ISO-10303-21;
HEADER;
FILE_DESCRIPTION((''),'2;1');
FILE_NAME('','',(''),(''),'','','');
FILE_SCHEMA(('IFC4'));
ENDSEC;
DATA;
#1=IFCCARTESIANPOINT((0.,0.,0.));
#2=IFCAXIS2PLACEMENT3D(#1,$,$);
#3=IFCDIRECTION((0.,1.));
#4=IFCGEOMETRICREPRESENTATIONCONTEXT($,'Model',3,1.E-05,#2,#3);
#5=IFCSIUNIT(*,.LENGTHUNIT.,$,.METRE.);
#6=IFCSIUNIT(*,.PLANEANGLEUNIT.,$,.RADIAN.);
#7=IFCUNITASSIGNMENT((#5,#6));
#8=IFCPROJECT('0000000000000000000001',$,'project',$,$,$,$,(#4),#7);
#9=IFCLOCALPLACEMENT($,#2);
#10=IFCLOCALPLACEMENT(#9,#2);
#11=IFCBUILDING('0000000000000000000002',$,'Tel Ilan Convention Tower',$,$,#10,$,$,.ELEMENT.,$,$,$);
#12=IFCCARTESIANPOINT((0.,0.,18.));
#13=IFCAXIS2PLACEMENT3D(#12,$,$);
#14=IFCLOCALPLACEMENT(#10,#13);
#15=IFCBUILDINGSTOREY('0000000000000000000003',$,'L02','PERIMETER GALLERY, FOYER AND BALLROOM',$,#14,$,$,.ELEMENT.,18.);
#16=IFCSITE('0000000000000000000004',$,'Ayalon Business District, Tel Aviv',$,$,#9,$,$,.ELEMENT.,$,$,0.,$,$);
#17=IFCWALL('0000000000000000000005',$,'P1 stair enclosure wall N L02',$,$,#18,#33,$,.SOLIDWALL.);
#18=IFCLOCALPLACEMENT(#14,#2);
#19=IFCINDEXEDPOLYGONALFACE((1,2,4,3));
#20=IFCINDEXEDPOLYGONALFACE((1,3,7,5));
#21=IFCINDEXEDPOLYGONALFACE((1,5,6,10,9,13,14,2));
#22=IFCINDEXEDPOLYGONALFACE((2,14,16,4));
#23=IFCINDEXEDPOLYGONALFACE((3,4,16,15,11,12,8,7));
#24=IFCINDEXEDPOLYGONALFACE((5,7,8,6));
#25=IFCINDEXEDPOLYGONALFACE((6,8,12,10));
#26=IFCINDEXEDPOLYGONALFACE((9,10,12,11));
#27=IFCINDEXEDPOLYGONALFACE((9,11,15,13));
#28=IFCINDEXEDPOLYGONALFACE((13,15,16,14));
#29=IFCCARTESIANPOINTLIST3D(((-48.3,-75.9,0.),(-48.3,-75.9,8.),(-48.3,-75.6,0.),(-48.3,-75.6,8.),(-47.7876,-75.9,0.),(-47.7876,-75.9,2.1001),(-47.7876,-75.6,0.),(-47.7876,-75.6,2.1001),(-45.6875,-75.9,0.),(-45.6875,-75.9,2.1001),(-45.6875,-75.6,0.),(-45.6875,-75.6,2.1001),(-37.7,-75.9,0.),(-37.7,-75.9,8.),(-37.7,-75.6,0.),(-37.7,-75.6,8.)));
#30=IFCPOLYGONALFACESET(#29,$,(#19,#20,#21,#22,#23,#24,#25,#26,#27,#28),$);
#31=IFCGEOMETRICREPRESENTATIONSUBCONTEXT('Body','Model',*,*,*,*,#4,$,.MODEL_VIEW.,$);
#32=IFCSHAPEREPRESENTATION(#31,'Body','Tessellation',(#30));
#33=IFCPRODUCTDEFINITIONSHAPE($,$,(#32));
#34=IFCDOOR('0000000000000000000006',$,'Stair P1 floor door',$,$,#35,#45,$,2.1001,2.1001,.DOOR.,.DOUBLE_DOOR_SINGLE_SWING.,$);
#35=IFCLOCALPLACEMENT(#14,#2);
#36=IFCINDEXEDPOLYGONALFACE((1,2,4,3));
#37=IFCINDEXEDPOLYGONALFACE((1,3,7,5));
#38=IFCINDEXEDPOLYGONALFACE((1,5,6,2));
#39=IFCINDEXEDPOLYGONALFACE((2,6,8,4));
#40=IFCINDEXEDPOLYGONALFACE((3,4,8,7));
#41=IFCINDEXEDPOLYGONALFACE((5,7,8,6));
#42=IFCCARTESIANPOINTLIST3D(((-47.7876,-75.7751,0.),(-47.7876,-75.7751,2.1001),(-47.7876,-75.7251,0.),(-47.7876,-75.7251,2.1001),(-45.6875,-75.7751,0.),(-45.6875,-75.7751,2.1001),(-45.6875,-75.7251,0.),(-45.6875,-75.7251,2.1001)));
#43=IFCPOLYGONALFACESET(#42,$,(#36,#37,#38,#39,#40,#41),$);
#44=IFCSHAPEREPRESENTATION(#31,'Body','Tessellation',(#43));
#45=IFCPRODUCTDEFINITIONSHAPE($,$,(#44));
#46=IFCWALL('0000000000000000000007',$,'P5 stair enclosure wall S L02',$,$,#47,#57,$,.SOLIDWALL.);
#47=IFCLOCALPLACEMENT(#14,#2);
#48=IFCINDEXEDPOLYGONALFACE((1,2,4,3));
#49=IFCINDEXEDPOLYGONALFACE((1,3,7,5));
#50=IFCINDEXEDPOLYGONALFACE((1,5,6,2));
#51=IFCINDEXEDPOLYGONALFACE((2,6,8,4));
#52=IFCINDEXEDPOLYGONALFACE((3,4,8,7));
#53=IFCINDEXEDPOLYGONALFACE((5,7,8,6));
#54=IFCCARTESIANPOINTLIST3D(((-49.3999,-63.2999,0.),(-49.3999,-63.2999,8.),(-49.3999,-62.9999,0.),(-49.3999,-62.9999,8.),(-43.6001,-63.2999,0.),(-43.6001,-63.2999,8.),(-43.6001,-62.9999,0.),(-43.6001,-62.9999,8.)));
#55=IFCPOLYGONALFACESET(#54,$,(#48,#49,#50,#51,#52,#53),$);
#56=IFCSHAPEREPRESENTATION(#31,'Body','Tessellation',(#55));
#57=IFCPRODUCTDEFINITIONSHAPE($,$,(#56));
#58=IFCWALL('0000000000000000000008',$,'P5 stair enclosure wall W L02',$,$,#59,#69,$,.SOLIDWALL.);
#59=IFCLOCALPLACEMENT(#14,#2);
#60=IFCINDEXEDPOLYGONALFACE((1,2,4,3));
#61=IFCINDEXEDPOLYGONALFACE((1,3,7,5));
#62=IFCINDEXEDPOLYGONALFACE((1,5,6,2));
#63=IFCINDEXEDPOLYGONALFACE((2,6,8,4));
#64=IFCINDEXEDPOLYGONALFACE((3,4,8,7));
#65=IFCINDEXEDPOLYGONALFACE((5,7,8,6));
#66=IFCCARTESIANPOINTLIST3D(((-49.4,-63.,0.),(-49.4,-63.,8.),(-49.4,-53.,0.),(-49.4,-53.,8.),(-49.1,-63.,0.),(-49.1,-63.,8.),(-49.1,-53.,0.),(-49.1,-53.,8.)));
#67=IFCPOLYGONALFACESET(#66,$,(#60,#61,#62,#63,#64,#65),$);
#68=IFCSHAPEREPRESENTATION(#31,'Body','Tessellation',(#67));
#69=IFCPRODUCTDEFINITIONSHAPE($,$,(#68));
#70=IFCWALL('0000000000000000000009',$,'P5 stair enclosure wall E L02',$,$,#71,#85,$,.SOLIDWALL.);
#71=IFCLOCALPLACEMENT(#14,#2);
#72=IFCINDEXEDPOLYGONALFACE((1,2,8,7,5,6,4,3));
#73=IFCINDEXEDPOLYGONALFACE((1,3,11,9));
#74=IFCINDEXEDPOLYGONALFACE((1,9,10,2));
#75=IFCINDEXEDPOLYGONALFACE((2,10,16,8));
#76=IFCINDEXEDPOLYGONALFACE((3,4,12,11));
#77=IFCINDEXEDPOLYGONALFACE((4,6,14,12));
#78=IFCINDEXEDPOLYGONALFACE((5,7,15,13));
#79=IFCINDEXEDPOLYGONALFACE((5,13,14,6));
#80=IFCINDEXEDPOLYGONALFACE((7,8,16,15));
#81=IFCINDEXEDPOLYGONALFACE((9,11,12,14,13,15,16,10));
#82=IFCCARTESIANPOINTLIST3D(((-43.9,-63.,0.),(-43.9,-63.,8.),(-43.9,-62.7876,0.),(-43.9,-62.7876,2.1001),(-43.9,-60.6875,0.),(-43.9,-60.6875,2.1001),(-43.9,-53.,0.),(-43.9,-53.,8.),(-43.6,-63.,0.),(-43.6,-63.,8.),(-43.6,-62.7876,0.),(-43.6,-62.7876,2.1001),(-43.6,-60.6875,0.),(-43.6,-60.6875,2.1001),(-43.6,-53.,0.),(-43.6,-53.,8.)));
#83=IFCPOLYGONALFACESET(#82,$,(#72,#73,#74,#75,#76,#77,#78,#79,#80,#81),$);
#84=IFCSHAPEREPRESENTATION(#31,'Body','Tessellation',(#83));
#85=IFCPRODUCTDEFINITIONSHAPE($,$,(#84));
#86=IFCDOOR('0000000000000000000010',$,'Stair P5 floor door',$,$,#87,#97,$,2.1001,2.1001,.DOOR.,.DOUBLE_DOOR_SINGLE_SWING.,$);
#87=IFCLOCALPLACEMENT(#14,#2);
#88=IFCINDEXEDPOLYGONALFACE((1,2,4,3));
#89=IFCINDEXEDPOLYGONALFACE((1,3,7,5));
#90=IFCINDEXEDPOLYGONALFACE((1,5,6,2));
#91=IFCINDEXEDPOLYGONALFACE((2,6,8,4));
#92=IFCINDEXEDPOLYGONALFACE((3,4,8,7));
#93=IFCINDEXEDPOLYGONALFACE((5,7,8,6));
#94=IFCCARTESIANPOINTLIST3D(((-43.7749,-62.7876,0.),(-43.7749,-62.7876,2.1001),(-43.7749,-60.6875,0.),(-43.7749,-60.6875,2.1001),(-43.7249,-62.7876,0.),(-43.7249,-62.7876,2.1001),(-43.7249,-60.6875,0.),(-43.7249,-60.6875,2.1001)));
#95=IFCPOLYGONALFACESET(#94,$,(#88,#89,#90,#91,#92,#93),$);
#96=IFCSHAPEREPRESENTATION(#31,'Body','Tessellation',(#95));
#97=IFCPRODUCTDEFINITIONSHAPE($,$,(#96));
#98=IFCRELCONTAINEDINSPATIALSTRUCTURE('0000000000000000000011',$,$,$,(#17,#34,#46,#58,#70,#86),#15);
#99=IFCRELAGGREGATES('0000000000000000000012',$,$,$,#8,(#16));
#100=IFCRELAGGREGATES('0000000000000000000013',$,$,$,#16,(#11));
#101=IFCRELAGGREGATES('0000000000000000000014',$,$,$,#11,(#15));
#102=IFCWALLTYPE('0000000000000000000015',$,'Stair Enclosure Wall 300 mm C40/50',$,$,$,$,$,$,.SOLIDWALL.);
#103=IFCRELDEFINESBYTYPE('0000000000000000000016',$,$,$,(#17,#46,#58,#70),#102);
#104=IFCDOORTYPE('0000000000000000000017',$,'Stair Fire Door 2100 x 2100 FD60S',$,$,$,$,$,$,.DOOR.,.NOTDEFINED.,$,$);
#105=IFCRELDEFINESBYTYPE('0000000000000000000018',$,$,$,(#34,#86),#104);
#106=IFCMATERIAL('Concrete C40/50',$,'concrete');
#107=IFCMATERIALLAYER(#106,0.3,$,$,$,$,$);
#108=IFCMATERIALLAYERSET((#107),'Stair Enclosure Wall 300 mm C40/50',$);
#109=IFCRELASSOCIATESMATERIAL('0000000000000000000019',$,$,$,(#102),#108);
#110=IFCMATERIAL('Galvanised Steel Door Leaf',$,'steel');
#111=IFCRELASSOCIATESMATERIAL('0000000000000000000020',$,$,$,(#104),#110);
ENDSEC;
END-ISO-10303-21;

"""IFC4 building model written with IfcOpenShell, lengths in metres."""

from ifc_helpers import new_model, si_unit, direction, frame, frame_2d, origin, place, context, subcontext, project, spatial, rectangle, extrude, material, layer, layer_set, type_object, element, fill, save


model = new_model("IFC4")

# Units and contexts
model_context = context("Model", 3, precision=1e-05, world=origin(), true_north=direction((0.0, 1.0)))
body_context = subcontext(model_context, "Body", "Model", "MODEL_VIEW")
ifc_project = project(units=[si_unit("LENGTHUNIT", "METRE"), si_unit("PLANEANGLEUNIT", "RADIAN")], contexts=[model_context])

# Site, building, storey
site_placement = place(None, origin())
site = spatial("IfcSite", under=ifc_project, at=site_placement, Name="Ayalon Business District, Tel Aviv", CompositionType="ELEMENT", RefElevation=0.0)
building_placement = place(site_placement, origin())
building = spatial("IfcBuilding", under=site, at=building_placement, Name="Tel Ilan Convention Tower", CompositionType="ELEMENT")
storey_placement = place(building_placement, frame((0.0, 0.0, 18.0)))
storey = spatial("IfcBuildingStorey", under=building, at=storey_placement, Name="L02", Description="PERIMETER GALLERY, FOYER AND BALLROOM", CompositionType="ELEMENT", Elevation=18.0)

# Wall, opening, door
ifc_material_1 = material(Name="Concrete C40/50", Category="concrete")
ifc_layer_1 = layer(ifc_material_1, 0.3)
ifc_layer_set_1 = layer_set([ifc_layer_1], Name="Stair Enclosure Wall 300 mm C40/50")
wall_type_1 = type_object("IfcWallType", Name="Stair Enclosure Wall 300 mm C40/50", PredefinedType="SOLIDWALL", material=ifc_layer_set_1)
wall_1_placement = place(storey_placement, frame((-48.3, -75.75, 0.0), z_axis=(0.0, 0.0, 1.0), x_axis=(1.0, 0.0, 0.0)))
wall_1 = element("IfcWall", 1, at=wall_1_placement, inside=storey, type_object=wall_type_1, Name="P1 stair enclosure wall N L02", PredefinedType="SOLIDWALL", context=body_context, shape_type="SweptSolid", body=[
    extrude(rectangle(XDim=10.6001, YDim=0.3, at=frame_2d((5.3, 0.0))), origin(), (0.0, 0.0, 1.0), 8.0),
])
opening_1_placement = place(wall_1_placement, frame((0.5125, 0.0, 0.0)))
opening_1 = element("IfcOpeningElement", 2, at=opening_1_placement, cuts=wall_1, PredefinedType="OPENING", context=body_context, shape_type="SweptSolid", body=[
    extrude(rectangle(XDim=2.1001, YDim=2.1001, at=frame_2d((1.05, 1.05))), frame((0.0, 0.1599, 0.0), z_axis=(0.0, -1.0, 0.0), x_axis=(1.0, 0.0, 0.0)), (0.0, 0.0, 1.0), 0.3201),
])
ifc_material_2 = material(Name="Galvanised Steel Door Leaf", Category="steel")
door_type = type_object("IfcDoorType", Name="Stair Fire Door 2100 x 2100 FD60S", OperationType="NOTDEFINED", PredefinedType="DOOR", material=ifc_material_2)
door_1_placement = place(opening_1_placement, origin())
door_1 = element("IfcDoor", 3, at=door_1_placement, inside=storey, type_object=door_type, Name="Stair P1 floor door", OperationType="DOUBLE_DOOR_SINGLE_SWING", OverallHeight=2.1001, OverallWidth=2.1001, PredefinedType="DOOR", context=body_context, shape_type="SweptSolid", body=[
    extrude(rectangle(XDim=2.1001, YDim=2.1001, at=frame_2d((1.05, 1.05))), frame((0.0, 0.0249, 0.0), z_axis=(0.0, -1.0, 0.0), x_axis=(1.0, 0.0, 0.0)), (0.0, 0.0, 1.0), 0.05),
])
fill(opening_1, door_1)

# Walls
wall_2_placement = place(storey_placement, frame((-49.3999, -63.1499, 0.0), z_axis=(0.0, 0.0, 1.0), x_axis=(1.0, 0.0, 0.0)))
element("IfcWall", 4, at=wall_2_placement, inside=storey, type_object=wall_type_1, Name="P5 stair enclosure wall S L02", PredefinedType="SOLIDWALL", context=body_context, shape_type="SweptSolid", body=[
    extrude(rectangle(XDim=5.7998, YDim=0.3, at=frame_2d((2.8999, 0.0))), origin(), (0.0, 0.0, 1.0), 8.0),
])
wall_3_placement = place(storey_placement, frame((-49.25, -63.0, 0.0), z_axis=(0.0, 0.0, 1.0), x_axis=(0.0, 1.0, 0.0)))
element("IfcWall", 5, at=wall_3_placement, inside=storey, type_object=wall_type_1, Name="P5 stair enclosure wall W L02", PredefinedType="SOLIDWALL", context=body_context, shape_type="SweptSolid", body=[
    extrude(rectangle(XDim=10.0, YDim=0.3, at=frame_2d((5.0, 0.0))), origin(), (0.0, 0.0, 1.0), 8.0),
])

# Wall, opening, door
wall_4_placement = place(storey_placement, frame((-43.75, -63.0, 0.0), z_axis=(0.0, 0.0, 1.0), x_axis=(0.0, 1.0, 0.0)))
wall_4 = element("IfcWall", 6, at=wall_4_placement, inside=storey, type_object=wall_type_1, Name="P5 stair enclosure wall E L02", PredefinedType="SOLIDWALL", context=body_context, shape_type="SweptSolid", body=[
    extrude(rectangle(XDim=10.0, YDim=0.3, at=frame_2d((5.0, 0.0))), origin(), (0.0, 0.0, 1.0), 8.0),
])
opening_2_placement = place(wall_4_placement, frame((0.2124, 0.0, 0.0)))
opening_2 = element("IfcOpeningElement", 7, at=opening_2_placement, cuts=wall_4, PredefinedType="OPENING", context=body_context, shape_type="SweptSolid", body=[
    extrude(rectangle(XDim=2.1001, YDim=2.1001, at=frame_2d((1.05, 1.05))), frame((0.0, 0.1599, 0.0), z_axis=(0.0, -1.0, 0.0), x_axis=(1.0, 0.0, 0.0)), (0.0, 0.0, 1.0), 0.3201),
])
door_2_placement = place(opening_2_placement, origin())
door_2 = element("IfcDoor", 8, at=door_2_placement, inside=storey, type_object=door_type, Name="Stair P5 floor door", OperationType="DOUBLE_DOOR_SINGLE_SWING", OverallHeight=2.1001, OverallWidth=2.1001, PredefinedType="DOOR", context=body_context, shape_type="SweptSolid", body=[
    extrude(rectangle(XDim=2.1001, YDim=2.1001, at=frame_2d((1.05, 1.05))), frame((0.0, 0.0249, 0.0), z_axis=(0.0, -1.0, 0.0), x_axis=(1.0, 0.0, 0.0)), (0.0, 0.0, 1.0), 0.05),
])
fill(opening_2, door_2)

save(model, "model.ifc")
